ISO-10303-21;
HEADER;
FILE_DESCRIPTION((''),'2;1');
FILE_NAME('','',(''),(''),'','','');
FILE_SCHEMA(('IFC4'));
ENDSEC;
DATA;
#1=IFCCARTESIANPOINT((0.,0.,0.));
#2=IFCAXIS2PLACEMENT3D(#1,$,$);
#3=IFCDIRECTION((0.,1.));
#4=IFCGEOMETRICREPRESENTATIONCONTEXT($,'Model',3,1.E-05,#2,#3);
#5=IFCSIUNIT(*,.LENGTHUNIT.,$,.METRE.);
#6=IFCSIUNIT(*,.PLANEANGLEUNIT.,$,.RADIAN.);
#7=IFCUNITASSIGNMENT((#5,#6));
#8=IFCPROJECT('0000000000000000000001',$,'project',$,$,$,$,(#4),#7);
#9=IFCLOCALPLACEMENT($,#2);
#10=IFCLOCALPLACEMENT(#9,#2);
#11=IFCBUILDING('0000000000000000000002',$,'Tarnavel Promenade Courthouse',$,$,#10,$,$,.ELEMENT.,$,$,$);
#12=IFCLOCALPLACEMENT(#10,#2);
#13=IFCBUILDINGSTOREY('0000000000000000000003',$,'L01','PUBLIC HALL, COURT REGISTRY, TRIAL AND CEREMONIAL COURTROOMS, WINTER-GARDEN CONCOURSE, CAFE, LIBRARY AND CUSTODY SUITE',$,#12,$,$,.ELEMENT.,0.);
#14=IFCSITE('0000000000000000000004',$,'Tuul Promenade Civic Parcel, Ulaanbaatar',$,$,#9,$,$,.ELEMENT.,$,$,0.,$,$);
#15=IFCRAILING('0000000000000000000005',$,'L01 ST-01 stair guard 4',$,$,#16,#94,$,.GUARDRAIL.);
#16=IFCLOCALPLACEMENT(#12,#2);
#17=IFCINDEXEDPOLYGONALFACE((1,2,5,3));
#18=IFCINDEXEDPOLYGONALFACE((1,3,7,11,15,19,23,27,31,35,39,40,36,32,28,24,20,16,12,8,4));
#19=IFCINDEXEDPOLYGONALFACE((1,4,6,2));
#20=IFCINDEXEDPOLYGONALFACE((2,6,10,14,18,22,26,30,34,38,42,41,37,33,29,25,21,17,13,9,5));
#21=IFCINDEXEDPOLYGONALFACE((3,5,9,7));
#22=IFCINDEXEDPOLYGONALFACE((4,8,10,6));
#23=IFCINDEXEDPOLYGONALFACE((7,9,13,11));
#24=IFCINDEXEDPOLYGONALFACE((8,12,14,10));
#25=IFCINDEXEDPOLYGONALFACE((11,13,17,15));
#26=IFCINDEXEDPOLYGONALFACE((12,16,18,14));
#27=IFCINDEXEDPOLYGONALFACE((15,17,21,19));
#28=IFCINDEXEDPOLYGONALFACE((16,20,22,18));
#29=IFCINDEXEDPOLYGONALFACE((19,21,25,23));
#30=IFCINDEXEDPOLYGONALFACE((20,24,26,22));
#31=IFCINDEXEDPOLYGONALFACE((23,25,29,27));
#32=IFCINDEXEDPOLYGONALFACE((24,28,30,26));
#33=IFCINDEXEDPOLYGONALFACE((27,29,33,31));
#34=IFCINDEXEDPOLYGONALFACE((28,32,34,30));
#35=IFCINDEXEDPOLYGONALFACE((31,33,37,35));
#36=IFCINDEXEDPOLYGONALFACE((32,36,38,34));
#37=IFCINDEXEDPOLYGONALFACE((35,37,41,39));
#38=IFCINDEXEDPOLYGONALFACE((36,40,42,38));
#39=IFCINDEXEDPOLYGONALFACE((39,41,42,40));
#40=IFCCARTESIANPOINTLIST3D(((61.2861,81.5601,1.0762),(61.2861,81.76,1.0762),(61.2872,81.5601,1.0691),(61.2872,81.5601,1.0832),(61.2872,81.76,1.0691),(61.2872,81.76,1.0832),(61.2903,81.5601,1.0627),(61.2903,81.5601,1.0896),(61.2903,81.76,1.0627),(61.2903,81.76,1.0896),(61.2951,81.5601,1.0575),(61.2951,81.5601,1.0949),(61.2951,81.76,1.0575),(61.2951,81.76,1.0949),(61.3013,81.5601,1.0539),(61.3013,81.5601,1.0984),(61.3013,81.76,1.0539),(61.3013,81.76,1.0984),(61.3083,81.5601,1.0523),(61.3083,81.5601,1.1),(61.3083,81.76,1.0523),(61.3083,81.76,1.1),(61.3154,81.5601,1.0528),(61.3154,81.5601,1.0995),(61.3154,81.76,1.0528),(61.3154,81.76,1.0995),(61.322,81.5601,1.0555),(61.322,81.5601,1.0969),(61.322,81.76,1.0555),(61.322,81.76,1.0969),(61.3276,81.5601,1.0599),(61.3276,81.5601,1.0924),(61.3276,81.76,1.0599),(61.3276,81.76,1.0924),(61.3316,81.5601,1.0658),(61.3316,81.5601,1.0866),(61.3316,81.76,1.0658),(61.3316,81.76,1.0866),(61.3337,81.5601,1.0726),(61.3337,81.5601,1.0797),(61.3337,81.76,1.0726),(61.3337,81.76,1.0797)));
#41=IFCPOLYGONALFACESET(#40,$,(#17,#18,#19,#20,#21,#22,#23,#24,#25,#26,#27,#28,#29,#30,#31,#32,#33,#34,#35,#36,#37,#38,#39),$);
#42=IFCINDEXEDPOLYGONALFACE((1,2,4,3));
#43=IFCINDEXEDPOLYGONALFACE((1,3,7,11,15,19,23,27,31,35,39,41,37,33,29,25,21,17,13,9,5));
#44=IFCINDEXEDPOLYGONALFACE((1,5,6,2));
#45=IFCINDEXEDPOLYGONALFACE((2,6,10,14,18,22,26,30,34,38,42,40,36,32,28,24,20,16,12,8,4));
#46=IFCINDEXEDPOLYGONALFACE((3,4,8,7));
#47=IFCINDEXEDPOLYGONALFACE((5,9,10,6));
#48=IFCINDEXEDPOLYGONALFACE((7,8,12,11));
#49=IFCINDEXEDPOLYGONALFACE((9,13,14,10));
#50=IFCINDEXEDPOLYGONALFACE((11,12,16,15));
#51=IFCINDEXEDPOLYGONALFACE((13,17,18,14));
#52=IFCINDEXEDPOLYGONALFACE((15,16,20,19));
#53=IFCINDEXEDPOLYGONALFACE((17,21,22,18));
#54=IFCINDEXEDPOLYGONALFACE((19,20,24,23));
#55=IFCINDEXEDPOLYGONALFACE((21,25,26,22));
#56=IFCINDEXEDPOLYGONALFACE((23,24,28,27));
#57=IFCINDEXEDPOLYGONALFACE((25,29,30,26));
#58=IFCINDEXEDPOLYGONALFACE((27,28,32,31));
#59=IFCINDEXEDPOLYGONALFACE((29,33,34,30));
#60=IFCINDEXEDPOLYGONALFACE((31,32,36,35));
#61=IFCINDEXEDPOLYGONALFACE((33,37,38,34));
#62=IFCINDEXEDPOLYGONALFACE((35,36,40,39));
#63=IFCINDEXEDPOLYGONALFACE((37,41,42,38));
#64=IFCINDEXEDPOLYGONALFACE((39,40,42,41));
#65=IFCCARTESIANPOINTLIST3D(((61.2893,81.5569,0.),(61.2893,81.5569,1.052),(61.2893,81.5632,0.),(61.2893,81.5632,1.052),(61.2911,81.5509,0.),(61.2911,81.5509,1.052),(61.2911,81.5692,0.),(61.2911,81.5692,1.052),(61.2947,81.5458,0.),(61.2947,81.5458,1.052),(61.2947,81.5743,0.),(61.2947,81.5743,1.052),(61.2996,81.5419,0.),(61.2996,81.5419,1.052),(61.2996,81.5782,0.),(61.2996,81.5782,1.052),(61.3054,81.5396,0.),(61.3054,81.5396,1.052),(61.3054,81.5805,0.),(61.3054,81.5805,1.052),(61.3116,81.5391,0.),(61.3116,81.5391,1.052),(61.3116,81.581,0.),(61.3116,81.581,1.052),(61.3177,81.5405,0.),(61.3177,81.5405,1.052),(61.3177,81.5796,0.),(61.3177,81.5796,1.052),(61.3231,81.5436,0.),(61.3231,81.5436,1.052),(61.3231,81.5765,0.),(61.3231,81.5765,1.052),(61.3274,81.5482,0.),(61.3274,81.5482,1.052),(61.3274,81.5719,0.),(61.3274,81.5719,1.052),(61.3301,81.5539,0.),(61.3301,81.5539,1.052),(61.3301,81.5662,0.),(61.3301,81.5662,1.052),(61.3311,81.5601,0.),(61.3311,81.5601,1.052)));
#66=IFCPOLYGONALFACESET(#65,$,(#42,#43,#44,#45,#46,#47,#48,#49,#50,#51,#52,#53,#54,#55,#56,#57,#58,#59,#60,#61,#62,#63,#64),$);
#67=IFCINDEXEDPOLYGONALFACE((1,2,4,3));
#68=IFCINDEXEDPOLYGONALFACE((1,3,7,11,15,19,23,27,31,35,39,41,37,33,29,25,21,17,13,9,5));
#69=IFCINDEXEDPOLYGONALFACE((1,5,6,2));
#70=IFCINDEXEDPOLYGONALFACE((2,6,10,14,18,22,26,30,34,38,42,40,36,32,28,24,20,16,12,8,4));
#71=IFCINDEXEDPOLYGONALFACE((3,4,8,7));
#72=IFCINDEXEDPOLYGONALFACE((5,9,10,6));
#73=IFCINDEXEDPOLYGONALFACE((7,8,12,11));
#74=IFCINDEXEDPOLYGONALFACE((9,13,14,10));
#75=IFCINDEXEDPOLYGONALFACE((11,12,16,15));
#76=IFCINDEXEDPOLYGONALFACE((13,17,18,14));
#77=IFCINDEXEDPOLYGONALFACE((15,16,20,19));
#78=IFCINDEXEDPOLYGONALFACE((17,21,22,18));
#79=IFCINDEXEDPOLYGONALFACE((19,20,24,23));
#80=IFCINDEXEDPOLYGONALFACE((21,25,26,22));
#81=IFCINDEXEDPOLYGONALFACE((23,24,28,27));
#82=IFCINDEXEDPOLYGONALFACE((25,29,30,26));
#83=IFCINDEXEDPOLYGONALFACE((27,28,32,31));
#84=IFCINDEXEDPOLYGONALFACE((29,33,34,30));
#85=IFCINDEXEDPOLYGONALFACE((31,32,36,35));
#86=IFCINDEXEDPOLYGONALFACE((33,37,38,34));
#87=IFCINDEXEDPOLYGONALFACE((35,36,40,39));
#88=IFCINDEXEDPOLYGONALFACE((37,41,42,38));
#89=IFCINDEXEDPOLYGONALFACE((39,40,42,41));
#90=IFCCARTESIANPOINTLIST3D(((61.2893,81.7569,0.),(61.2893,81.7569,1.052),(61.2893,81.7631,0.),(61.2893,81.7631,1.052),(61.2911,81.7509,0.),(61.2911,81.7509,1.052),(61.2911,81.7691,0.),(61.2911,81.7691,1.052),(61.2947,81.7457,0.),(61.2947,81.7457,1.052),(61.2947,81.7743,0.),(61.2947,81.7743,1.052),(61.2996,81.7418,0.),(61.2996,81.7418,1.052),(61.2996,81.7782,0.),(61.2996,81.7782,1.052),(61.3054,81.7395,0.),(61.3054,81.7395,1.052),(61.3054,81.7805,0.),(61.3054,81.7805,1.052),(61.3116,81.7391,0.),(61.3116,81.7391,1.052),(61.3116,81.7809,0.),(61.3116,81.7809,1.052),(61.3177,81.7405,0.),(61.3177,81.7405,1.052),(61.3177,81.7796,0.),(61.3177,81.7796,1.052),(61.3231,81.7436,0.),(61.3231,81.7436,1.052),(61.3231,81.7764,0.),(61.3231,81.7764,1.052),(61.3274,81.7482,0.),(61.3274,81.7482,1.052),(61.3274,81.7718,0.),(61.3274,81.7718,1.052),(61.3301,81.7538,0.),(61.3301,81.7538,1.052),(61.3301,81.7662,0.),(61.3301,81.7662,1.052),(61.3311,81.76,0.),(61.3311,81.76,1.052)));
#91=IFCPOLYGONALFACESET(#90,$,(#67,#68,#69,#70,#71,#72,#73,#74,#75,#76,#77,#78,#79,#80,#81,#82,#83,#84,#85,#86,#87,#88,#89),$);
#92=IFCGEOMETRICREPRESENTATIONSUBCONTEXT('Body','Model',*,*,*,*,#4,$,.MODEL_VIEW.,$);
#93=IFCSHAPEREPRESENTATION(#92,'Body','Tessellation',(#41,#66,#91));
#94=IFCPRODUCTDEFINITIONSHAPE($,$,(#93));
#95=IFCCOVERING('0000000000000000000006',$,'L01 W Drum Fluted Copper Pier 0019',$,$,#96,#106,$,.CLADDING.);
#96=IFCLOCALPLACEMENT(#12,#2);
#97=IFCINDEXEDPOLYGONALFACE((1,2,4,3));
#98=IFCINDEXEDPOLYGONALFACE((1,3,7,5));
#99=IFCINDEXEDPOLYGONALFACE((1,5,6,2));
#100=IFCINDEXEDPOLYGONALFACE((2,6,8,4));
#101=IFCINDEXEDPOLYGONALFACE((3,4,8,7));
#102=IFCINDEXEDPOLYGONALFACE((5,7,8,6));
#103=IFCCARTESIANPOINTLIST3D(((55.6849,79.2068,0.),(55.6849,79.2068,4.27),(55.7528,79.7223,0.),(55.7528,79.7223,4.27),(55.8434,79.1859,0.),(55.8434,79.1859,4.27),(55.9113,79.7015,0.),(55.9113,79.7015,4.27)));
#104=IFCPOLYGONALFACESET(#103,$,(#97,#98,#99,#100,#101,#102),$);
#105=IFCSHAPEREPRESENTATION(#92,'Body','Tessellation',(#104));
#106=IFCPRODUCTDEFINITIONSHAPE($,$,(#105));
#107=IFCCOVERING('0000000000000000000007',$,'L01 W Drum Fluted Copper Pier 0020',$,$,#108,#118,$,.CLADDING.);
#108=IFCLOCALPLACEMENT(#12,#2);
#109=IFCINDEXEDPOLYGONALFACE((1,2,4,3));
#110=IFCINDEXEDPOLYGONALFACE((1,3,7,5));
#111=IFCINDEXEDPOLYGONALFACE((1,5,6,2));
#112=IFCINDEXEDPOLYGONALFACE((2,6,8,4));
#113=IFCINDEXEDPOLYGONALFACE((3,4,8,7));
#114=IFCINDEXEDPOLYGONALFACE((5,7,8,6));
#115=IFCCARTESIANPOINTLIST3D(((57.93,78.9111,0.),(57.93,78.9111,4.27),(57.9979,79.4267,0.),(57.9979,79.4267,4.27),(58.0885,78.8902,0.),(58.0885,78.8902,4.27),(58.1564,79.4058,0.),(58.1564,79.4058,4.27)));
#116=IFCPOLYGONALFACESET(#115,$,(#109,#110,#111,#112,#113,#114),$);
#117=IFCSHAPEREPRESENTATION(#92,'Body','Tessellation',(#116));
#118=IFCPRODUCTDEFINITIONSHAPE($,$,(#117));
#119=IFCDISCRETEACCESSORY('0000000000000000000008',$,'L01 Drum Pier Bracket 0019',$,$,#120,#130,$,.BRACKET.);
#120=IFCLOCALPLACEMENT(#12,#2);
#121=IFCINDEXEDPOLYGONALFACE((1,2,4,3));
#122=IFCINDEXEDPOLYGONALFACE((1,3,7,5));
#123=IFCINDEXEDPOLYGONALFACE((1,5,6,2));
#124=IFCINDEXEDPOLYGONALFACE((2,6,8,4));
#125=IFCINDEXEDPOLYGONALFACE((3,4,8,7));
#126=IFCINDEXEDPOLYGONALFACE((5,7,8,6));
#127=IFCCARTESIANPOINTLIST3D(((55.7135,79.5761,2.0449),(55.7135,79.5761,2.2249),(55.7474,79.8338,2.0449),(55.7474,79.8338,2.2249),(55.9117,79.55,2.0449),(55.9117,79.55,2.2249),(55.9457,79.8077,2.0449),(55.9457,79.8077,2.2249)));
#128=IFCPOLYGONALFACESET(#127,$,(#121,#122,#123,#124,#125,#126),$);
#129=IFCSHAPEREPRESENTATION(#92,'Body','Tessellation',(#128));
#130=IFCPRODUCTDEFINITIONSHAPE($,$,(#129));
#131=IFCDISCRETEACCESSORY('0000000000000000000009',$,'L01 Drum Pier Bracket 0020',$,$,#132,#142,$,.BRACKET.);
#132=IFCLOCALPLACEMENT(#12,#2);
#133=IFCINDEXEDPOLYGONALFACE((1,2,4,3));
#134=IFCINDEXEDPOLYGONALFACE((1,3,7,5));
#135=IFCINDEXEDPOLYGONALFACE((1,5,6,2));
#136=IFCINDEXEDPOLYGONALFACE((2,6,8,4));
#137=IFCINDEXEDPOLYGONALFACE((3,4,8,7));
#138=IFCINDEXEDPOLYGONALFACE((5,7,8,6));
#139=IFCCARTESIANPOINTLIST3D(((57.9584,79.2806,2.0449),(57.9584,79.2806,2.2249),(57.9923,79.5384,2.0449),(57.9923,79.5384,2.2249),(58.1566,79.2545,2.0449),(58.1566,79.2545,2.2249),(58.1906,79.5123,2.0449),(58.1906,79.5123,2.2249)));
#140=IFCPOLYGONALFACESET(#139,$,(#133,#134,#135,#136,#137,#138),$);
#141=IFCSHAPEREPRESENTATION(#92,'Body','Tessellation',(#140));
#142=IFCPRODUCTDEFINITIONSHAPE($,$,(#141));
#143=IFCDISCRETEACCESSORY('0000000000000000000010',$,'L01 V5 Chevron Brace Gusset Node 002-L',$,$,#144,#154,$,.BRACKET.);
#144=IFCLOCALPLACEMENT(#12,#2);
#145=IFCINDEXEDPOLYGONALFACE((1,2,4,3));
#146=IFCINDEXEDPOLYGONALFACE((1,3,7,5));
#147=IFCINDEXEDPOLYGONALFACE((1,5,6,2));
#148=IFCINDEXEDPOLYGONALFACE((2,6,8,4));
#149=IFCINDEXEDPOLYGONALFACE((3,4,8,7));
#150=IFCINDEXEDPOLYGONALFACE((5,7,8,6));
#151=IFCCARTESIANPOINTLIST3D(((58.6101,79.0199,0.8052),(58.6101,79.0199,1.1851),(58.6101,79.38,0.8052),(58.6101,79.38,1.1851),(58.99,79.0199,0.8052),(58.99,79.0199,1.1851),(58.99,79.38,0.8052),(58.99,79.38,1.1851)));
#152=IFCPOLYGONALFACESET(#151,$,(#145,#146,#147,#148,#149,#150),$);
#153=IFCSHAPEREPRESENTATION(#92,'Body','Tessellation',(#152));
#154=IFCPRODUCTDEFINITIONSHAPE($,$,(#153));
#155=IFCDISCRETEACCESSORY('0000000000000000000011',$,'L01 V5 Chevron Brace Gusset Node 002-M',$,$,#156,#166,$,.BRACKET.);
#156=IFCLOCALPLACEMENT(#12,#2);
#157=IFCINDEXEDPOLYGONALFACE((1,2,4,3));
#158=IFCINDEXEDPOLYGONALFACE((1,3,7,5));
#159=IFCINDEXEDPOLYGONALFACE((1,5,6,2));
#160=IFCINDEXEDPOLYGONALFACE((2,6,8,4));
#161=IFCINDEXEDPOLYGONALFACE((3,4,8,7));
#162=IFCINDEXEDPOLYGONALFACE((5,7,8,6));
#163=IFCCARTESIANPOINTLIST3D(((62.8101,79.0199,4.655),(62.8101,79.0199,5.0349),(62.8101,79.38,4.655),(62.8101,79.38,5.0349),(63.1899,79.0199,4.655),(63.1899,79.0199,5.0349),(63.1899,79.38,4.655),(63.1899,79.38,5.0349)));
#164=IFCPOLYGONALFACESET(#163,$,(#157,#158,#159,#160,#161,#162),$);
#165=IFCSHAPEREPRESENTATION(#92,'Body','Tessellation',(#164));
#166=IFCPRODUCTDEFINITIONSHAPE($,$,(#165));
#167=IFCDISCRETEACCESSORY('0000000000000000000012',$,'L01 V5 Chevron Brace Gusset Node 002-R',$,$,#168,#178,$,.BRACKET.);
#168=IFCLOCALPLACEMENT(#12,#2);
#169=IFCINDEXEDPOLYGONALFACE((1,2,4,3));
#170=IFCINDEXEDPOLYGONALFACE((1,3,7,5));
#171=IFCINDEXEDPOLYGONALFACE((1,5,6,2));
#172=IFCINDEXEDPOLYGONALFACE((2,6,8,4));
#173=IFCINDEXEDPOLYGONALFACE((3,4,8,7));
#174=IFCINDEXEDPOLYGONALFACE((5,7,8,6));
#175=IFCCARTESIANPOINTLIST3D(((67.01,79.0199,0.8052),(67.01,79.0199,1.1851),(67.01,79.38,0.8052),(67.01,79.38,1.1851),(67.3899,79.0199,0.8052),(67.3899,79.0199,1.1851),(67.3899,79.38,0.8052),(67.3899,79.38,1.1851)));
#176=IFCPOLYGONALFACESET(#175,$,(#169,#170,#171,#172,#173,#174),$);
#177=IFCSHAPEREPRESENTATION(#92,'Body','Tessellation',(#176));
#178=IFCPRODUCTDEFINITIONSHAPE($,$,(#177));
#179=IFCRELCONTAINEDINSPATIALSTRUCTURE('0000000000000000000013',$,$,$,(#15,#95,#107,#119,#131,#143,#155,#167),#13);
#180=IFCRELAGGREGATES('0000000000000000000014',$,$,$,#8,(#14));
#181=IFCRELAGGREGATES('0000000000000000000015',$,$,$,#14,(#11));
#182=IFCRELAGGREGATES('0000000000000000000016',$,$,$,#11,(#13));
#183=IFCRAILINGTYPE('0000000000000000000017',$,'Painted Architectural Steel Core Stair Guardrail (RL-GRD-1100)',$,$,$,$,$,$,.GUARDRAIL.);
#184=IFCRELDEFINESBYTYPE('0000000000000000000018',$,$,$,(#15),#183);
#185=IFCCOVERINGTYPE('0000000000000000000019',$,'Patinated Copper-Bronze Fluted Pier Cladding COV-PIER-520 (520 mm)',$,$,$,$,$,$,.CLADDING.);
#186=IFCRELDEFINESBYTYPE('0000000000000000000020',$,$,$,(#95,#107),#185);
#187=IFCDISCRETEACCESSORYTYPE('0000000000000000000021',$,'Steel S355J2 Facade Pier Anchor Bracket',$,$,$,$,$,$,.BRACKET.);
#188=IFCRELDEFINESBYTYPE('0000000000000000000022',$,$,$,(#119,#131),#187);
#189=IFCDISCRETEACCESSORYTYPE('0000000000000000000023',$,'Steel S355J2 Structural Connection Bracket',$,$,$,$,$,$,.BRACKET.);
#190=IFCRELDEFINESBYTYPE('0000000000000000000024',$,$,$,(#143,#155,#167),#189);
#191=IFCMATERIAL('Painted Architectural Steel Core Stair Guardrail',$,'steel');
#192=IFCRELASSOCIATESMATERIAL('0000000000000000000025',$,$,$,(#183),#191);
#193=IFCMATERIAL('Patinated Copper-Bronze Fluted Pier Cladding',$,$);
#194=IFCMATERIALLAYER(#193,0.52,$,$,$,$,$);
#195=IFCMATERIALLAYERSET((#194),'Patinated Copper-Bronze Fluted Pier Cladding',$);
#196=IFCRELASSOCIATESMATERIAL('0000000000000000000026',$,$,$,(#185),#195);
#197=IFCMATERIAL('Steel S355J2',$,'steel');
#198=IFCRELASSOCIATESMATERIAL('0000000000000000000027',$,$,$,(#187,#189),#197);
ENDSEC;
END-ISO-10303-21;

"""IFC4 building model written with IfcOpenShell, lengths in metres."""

from ifc_helpers import new_model, si_unit, direction, frame, origin, origin_2d, place, context, subcontext, project, spatial, rectangle, circle, extrude, material, layer, layer_set, type_object, element, save


model = new_model("IFC4")

# Units and contexts
model_context = context("Model", 3, precision=1e-05, world=origin(), true_north=direction((0.0, 1.0)))
body_context = subcontext(model_context, "Body", "Model", "MODEL_VIEW")
ifc_project = project(units=[si_unit("LENGTHUNIT", "METRE"), si_unit("PLANEANGLEUNIT", "RADIAN")], contexts=[model_context])

# Site, building, storey
site_placement = place(None, origin())
site = spatial("IfcSite", under=ifc_project, at=site_placement, Name="Tuul Promenade Civic Parcel, Ulaanbaatar", CompositionType="ELEMENT", RefElevation=0.0)
building_placement = place(site_placement, origin())
building = spatial("IfcBuilding", under=site, at=building_placement, Name="Tarnavel Promenade Courthouse", CompositionType="ELEMENT")
storey_placement = place(building_placement, origin())
storey = spatial("IfcBuildingStorey", under=building, at=storey_placement, Name="L01", Description="PUBLIC HALL, COURT REGISTRY, TRIAL AND CEREMONIAL COURTROOMS, WINTER-GARDEN CONCOURSE, CAFE, LIBRARY AND CUSTODY SUITE", CompositionType="ELEMENT", Elevation=0.0)

# Shared definitions
ifc_material_1 = material(Name="Steel S355J2", Category="steel")

# Railing
ifc_material_2 = material(Name="Painted Architectural Steel Core Stair Guardrail", Category="steel")
railing_type_1 = type_object("IfcRailingType", Name="Painted Architectural Steel Core Stair Guardrail (RL-GRD-1100)", PredefinedType="GUARDRAIL", material=ifc_material_2)
railing_1_placement = place(storey_placement, frame((61.3101, 81.5601, 0.0)))
element("IfcRailing", 1, at=railing_1_placement, inside=storey, type_object=railing_type_1, Name="L01 ST-01 stair guard 4", PredefinedType="GUARDRAIL", context=body_context, shape_type="SweptSolid", body=[
    extrude(circle(Radius=0.0239, at=origin_2d()), frame((0.0, 0.0, 1.0762), z_axis=(0.0, 1.0, 0.0), x_axis=(-1.0, 0.0, 0.0)), (0.0, 0.0, 1.0), 0.2),
    extrude(circle(Radius=0.021, at=origin_2d()), origin(), (0.0, 0.0, 1.0), 1.052),
    extrude(circle(Radius=0.021, at=origin_2d()), frame((0.0, 0.2, 0.0)), (0.0, 0.0, 1.0), 1.052),
])

# Coverings
ifc_material_3 = material(Name="Patinated Copper-Bronze Fluted Pier Cladding")
ifc_layer_1 = layer(ifc_material_3, 0.52)
ifc_layer_set_1 = layer_set([ifc_layer_1], Name="Patinated Copper-Bronze Fluted Pier Cladding")
covering_type = type_object("IfcCoveringType", Name="Patinated Copper-Bronze Fluted Pier Cladding COV-PIER-520 (520 mm)", PredefinedType="CLADDING", material=ifc_layer_set_1)
for number, where, z_axis, x_axis, name in (
    (2, (55.7981, 79.4541, 0.0), (0.0, 0.0, 1.0), (0.991445, -0.130526, 0.0), "L01 W Drum Fluted Copper Pier 0019"),
    (3, (58.0432, 79.1584, 0.0), (0.0, 0.0, 1.0), (0.991445, -0.130526, 0.0), "L01 W Drum Fluted Copper Pier 0020"),
):
    element("IfcCovering", number, at=place(storey_placement, frame(where, z_axis=z_axis, x_axis=x_axis)), inside=storey, type_object=covering_type, Name=name, PredefinedType="CLADDING", context=body_context, shape_type="SweptSolid", body=[
        extrude(rectangle(XDim=0.1599, YDim=0.52, at=origin_2d()), origin(), (0.0, 0.0, 1.0), 4.27),
    ])

# Discrete accessories
discrete_accessory_type_1 = type_object("IfcDiscreteAccessoryType", Name="Steel S355J2 Facade Pier Anchor Bracket", PredefinedType="BRACKET", material=ifc_material_1)
for number, where, z_axis, x_axis, name in (
    (4, (55.8296, 79.6919, 2.0449), (0.0, 0.0, 1.0), (0.991445, -0.130526, 0.0), "L01 Drum Pier Bracket 0019"),
    (5, (58.0745, 79.3965, 2.0449), (0.0, 0.0, 1.0), (0.991445, -0.130526, 0.0), "L01 Drum Pier Bracket 0020"),
):
    element("IfcDiscreteAccessory", number, at=place(storey_placement, frame(where, z_axis=z_axis, x_axis=x_axis)), inside=storey, type_object=discrete_accessory_type_1, Name=name, PredefinedType="BRACKET", context=body_context, shape_type="SweptSolid", body=[
        extrude(rectangle(XDim=0.2, YDim=0.26, at=origin_2d()), origin(), (0.0, 0.0, 1.0), 0.1799),
    ])
discrete_accessory_type_2 = type_object("IfcDiscreteAccessoryType", Name="Steel S355J2 Structural Connection Bracket", PredefinedType="BRACKET", material=ifc_material_1)
for number, where, z_axis, x_axis, name in (
    (6, (58.8, 79.2, 0.8052), (0.0, 0.0, 1.0), (1.0, 0.0, 0.0), "L01 V5 Chevron Brace Gusset Node 002-L"),
    (7, (63.0, 79.2, 4.655), (0.0, 0.0, 1.0), (1.0, 0.0, 0.0), "L01 V5 Chevron Brace Gusset Node 002-M"),
    (8, (67.2, 79.2, 0.8052), (0.0, 0.0, 1.0), (1.0, 0.0, 0.0), "L01 V5 Chevron Brace Gusset Node 002-R"),
):
    element("IfcDiscreteAccessory", number, at=place(storey_placement, frame(where, z_axis=z_axis, x_axis=x_axis)), inside=storey, type_object=discrete_accessory_type_2, Name=name, PredefinedType="BRACKET", context=body_context, shape_type="SweptSolid", body=[
        extrude(rectangle(XDim=0.3799, YDim=0.3601, at=origin_2d()), origin(), (0.0, 0.0, 1.0), 0.3799),
    ])

save(model, "model.ifc")
